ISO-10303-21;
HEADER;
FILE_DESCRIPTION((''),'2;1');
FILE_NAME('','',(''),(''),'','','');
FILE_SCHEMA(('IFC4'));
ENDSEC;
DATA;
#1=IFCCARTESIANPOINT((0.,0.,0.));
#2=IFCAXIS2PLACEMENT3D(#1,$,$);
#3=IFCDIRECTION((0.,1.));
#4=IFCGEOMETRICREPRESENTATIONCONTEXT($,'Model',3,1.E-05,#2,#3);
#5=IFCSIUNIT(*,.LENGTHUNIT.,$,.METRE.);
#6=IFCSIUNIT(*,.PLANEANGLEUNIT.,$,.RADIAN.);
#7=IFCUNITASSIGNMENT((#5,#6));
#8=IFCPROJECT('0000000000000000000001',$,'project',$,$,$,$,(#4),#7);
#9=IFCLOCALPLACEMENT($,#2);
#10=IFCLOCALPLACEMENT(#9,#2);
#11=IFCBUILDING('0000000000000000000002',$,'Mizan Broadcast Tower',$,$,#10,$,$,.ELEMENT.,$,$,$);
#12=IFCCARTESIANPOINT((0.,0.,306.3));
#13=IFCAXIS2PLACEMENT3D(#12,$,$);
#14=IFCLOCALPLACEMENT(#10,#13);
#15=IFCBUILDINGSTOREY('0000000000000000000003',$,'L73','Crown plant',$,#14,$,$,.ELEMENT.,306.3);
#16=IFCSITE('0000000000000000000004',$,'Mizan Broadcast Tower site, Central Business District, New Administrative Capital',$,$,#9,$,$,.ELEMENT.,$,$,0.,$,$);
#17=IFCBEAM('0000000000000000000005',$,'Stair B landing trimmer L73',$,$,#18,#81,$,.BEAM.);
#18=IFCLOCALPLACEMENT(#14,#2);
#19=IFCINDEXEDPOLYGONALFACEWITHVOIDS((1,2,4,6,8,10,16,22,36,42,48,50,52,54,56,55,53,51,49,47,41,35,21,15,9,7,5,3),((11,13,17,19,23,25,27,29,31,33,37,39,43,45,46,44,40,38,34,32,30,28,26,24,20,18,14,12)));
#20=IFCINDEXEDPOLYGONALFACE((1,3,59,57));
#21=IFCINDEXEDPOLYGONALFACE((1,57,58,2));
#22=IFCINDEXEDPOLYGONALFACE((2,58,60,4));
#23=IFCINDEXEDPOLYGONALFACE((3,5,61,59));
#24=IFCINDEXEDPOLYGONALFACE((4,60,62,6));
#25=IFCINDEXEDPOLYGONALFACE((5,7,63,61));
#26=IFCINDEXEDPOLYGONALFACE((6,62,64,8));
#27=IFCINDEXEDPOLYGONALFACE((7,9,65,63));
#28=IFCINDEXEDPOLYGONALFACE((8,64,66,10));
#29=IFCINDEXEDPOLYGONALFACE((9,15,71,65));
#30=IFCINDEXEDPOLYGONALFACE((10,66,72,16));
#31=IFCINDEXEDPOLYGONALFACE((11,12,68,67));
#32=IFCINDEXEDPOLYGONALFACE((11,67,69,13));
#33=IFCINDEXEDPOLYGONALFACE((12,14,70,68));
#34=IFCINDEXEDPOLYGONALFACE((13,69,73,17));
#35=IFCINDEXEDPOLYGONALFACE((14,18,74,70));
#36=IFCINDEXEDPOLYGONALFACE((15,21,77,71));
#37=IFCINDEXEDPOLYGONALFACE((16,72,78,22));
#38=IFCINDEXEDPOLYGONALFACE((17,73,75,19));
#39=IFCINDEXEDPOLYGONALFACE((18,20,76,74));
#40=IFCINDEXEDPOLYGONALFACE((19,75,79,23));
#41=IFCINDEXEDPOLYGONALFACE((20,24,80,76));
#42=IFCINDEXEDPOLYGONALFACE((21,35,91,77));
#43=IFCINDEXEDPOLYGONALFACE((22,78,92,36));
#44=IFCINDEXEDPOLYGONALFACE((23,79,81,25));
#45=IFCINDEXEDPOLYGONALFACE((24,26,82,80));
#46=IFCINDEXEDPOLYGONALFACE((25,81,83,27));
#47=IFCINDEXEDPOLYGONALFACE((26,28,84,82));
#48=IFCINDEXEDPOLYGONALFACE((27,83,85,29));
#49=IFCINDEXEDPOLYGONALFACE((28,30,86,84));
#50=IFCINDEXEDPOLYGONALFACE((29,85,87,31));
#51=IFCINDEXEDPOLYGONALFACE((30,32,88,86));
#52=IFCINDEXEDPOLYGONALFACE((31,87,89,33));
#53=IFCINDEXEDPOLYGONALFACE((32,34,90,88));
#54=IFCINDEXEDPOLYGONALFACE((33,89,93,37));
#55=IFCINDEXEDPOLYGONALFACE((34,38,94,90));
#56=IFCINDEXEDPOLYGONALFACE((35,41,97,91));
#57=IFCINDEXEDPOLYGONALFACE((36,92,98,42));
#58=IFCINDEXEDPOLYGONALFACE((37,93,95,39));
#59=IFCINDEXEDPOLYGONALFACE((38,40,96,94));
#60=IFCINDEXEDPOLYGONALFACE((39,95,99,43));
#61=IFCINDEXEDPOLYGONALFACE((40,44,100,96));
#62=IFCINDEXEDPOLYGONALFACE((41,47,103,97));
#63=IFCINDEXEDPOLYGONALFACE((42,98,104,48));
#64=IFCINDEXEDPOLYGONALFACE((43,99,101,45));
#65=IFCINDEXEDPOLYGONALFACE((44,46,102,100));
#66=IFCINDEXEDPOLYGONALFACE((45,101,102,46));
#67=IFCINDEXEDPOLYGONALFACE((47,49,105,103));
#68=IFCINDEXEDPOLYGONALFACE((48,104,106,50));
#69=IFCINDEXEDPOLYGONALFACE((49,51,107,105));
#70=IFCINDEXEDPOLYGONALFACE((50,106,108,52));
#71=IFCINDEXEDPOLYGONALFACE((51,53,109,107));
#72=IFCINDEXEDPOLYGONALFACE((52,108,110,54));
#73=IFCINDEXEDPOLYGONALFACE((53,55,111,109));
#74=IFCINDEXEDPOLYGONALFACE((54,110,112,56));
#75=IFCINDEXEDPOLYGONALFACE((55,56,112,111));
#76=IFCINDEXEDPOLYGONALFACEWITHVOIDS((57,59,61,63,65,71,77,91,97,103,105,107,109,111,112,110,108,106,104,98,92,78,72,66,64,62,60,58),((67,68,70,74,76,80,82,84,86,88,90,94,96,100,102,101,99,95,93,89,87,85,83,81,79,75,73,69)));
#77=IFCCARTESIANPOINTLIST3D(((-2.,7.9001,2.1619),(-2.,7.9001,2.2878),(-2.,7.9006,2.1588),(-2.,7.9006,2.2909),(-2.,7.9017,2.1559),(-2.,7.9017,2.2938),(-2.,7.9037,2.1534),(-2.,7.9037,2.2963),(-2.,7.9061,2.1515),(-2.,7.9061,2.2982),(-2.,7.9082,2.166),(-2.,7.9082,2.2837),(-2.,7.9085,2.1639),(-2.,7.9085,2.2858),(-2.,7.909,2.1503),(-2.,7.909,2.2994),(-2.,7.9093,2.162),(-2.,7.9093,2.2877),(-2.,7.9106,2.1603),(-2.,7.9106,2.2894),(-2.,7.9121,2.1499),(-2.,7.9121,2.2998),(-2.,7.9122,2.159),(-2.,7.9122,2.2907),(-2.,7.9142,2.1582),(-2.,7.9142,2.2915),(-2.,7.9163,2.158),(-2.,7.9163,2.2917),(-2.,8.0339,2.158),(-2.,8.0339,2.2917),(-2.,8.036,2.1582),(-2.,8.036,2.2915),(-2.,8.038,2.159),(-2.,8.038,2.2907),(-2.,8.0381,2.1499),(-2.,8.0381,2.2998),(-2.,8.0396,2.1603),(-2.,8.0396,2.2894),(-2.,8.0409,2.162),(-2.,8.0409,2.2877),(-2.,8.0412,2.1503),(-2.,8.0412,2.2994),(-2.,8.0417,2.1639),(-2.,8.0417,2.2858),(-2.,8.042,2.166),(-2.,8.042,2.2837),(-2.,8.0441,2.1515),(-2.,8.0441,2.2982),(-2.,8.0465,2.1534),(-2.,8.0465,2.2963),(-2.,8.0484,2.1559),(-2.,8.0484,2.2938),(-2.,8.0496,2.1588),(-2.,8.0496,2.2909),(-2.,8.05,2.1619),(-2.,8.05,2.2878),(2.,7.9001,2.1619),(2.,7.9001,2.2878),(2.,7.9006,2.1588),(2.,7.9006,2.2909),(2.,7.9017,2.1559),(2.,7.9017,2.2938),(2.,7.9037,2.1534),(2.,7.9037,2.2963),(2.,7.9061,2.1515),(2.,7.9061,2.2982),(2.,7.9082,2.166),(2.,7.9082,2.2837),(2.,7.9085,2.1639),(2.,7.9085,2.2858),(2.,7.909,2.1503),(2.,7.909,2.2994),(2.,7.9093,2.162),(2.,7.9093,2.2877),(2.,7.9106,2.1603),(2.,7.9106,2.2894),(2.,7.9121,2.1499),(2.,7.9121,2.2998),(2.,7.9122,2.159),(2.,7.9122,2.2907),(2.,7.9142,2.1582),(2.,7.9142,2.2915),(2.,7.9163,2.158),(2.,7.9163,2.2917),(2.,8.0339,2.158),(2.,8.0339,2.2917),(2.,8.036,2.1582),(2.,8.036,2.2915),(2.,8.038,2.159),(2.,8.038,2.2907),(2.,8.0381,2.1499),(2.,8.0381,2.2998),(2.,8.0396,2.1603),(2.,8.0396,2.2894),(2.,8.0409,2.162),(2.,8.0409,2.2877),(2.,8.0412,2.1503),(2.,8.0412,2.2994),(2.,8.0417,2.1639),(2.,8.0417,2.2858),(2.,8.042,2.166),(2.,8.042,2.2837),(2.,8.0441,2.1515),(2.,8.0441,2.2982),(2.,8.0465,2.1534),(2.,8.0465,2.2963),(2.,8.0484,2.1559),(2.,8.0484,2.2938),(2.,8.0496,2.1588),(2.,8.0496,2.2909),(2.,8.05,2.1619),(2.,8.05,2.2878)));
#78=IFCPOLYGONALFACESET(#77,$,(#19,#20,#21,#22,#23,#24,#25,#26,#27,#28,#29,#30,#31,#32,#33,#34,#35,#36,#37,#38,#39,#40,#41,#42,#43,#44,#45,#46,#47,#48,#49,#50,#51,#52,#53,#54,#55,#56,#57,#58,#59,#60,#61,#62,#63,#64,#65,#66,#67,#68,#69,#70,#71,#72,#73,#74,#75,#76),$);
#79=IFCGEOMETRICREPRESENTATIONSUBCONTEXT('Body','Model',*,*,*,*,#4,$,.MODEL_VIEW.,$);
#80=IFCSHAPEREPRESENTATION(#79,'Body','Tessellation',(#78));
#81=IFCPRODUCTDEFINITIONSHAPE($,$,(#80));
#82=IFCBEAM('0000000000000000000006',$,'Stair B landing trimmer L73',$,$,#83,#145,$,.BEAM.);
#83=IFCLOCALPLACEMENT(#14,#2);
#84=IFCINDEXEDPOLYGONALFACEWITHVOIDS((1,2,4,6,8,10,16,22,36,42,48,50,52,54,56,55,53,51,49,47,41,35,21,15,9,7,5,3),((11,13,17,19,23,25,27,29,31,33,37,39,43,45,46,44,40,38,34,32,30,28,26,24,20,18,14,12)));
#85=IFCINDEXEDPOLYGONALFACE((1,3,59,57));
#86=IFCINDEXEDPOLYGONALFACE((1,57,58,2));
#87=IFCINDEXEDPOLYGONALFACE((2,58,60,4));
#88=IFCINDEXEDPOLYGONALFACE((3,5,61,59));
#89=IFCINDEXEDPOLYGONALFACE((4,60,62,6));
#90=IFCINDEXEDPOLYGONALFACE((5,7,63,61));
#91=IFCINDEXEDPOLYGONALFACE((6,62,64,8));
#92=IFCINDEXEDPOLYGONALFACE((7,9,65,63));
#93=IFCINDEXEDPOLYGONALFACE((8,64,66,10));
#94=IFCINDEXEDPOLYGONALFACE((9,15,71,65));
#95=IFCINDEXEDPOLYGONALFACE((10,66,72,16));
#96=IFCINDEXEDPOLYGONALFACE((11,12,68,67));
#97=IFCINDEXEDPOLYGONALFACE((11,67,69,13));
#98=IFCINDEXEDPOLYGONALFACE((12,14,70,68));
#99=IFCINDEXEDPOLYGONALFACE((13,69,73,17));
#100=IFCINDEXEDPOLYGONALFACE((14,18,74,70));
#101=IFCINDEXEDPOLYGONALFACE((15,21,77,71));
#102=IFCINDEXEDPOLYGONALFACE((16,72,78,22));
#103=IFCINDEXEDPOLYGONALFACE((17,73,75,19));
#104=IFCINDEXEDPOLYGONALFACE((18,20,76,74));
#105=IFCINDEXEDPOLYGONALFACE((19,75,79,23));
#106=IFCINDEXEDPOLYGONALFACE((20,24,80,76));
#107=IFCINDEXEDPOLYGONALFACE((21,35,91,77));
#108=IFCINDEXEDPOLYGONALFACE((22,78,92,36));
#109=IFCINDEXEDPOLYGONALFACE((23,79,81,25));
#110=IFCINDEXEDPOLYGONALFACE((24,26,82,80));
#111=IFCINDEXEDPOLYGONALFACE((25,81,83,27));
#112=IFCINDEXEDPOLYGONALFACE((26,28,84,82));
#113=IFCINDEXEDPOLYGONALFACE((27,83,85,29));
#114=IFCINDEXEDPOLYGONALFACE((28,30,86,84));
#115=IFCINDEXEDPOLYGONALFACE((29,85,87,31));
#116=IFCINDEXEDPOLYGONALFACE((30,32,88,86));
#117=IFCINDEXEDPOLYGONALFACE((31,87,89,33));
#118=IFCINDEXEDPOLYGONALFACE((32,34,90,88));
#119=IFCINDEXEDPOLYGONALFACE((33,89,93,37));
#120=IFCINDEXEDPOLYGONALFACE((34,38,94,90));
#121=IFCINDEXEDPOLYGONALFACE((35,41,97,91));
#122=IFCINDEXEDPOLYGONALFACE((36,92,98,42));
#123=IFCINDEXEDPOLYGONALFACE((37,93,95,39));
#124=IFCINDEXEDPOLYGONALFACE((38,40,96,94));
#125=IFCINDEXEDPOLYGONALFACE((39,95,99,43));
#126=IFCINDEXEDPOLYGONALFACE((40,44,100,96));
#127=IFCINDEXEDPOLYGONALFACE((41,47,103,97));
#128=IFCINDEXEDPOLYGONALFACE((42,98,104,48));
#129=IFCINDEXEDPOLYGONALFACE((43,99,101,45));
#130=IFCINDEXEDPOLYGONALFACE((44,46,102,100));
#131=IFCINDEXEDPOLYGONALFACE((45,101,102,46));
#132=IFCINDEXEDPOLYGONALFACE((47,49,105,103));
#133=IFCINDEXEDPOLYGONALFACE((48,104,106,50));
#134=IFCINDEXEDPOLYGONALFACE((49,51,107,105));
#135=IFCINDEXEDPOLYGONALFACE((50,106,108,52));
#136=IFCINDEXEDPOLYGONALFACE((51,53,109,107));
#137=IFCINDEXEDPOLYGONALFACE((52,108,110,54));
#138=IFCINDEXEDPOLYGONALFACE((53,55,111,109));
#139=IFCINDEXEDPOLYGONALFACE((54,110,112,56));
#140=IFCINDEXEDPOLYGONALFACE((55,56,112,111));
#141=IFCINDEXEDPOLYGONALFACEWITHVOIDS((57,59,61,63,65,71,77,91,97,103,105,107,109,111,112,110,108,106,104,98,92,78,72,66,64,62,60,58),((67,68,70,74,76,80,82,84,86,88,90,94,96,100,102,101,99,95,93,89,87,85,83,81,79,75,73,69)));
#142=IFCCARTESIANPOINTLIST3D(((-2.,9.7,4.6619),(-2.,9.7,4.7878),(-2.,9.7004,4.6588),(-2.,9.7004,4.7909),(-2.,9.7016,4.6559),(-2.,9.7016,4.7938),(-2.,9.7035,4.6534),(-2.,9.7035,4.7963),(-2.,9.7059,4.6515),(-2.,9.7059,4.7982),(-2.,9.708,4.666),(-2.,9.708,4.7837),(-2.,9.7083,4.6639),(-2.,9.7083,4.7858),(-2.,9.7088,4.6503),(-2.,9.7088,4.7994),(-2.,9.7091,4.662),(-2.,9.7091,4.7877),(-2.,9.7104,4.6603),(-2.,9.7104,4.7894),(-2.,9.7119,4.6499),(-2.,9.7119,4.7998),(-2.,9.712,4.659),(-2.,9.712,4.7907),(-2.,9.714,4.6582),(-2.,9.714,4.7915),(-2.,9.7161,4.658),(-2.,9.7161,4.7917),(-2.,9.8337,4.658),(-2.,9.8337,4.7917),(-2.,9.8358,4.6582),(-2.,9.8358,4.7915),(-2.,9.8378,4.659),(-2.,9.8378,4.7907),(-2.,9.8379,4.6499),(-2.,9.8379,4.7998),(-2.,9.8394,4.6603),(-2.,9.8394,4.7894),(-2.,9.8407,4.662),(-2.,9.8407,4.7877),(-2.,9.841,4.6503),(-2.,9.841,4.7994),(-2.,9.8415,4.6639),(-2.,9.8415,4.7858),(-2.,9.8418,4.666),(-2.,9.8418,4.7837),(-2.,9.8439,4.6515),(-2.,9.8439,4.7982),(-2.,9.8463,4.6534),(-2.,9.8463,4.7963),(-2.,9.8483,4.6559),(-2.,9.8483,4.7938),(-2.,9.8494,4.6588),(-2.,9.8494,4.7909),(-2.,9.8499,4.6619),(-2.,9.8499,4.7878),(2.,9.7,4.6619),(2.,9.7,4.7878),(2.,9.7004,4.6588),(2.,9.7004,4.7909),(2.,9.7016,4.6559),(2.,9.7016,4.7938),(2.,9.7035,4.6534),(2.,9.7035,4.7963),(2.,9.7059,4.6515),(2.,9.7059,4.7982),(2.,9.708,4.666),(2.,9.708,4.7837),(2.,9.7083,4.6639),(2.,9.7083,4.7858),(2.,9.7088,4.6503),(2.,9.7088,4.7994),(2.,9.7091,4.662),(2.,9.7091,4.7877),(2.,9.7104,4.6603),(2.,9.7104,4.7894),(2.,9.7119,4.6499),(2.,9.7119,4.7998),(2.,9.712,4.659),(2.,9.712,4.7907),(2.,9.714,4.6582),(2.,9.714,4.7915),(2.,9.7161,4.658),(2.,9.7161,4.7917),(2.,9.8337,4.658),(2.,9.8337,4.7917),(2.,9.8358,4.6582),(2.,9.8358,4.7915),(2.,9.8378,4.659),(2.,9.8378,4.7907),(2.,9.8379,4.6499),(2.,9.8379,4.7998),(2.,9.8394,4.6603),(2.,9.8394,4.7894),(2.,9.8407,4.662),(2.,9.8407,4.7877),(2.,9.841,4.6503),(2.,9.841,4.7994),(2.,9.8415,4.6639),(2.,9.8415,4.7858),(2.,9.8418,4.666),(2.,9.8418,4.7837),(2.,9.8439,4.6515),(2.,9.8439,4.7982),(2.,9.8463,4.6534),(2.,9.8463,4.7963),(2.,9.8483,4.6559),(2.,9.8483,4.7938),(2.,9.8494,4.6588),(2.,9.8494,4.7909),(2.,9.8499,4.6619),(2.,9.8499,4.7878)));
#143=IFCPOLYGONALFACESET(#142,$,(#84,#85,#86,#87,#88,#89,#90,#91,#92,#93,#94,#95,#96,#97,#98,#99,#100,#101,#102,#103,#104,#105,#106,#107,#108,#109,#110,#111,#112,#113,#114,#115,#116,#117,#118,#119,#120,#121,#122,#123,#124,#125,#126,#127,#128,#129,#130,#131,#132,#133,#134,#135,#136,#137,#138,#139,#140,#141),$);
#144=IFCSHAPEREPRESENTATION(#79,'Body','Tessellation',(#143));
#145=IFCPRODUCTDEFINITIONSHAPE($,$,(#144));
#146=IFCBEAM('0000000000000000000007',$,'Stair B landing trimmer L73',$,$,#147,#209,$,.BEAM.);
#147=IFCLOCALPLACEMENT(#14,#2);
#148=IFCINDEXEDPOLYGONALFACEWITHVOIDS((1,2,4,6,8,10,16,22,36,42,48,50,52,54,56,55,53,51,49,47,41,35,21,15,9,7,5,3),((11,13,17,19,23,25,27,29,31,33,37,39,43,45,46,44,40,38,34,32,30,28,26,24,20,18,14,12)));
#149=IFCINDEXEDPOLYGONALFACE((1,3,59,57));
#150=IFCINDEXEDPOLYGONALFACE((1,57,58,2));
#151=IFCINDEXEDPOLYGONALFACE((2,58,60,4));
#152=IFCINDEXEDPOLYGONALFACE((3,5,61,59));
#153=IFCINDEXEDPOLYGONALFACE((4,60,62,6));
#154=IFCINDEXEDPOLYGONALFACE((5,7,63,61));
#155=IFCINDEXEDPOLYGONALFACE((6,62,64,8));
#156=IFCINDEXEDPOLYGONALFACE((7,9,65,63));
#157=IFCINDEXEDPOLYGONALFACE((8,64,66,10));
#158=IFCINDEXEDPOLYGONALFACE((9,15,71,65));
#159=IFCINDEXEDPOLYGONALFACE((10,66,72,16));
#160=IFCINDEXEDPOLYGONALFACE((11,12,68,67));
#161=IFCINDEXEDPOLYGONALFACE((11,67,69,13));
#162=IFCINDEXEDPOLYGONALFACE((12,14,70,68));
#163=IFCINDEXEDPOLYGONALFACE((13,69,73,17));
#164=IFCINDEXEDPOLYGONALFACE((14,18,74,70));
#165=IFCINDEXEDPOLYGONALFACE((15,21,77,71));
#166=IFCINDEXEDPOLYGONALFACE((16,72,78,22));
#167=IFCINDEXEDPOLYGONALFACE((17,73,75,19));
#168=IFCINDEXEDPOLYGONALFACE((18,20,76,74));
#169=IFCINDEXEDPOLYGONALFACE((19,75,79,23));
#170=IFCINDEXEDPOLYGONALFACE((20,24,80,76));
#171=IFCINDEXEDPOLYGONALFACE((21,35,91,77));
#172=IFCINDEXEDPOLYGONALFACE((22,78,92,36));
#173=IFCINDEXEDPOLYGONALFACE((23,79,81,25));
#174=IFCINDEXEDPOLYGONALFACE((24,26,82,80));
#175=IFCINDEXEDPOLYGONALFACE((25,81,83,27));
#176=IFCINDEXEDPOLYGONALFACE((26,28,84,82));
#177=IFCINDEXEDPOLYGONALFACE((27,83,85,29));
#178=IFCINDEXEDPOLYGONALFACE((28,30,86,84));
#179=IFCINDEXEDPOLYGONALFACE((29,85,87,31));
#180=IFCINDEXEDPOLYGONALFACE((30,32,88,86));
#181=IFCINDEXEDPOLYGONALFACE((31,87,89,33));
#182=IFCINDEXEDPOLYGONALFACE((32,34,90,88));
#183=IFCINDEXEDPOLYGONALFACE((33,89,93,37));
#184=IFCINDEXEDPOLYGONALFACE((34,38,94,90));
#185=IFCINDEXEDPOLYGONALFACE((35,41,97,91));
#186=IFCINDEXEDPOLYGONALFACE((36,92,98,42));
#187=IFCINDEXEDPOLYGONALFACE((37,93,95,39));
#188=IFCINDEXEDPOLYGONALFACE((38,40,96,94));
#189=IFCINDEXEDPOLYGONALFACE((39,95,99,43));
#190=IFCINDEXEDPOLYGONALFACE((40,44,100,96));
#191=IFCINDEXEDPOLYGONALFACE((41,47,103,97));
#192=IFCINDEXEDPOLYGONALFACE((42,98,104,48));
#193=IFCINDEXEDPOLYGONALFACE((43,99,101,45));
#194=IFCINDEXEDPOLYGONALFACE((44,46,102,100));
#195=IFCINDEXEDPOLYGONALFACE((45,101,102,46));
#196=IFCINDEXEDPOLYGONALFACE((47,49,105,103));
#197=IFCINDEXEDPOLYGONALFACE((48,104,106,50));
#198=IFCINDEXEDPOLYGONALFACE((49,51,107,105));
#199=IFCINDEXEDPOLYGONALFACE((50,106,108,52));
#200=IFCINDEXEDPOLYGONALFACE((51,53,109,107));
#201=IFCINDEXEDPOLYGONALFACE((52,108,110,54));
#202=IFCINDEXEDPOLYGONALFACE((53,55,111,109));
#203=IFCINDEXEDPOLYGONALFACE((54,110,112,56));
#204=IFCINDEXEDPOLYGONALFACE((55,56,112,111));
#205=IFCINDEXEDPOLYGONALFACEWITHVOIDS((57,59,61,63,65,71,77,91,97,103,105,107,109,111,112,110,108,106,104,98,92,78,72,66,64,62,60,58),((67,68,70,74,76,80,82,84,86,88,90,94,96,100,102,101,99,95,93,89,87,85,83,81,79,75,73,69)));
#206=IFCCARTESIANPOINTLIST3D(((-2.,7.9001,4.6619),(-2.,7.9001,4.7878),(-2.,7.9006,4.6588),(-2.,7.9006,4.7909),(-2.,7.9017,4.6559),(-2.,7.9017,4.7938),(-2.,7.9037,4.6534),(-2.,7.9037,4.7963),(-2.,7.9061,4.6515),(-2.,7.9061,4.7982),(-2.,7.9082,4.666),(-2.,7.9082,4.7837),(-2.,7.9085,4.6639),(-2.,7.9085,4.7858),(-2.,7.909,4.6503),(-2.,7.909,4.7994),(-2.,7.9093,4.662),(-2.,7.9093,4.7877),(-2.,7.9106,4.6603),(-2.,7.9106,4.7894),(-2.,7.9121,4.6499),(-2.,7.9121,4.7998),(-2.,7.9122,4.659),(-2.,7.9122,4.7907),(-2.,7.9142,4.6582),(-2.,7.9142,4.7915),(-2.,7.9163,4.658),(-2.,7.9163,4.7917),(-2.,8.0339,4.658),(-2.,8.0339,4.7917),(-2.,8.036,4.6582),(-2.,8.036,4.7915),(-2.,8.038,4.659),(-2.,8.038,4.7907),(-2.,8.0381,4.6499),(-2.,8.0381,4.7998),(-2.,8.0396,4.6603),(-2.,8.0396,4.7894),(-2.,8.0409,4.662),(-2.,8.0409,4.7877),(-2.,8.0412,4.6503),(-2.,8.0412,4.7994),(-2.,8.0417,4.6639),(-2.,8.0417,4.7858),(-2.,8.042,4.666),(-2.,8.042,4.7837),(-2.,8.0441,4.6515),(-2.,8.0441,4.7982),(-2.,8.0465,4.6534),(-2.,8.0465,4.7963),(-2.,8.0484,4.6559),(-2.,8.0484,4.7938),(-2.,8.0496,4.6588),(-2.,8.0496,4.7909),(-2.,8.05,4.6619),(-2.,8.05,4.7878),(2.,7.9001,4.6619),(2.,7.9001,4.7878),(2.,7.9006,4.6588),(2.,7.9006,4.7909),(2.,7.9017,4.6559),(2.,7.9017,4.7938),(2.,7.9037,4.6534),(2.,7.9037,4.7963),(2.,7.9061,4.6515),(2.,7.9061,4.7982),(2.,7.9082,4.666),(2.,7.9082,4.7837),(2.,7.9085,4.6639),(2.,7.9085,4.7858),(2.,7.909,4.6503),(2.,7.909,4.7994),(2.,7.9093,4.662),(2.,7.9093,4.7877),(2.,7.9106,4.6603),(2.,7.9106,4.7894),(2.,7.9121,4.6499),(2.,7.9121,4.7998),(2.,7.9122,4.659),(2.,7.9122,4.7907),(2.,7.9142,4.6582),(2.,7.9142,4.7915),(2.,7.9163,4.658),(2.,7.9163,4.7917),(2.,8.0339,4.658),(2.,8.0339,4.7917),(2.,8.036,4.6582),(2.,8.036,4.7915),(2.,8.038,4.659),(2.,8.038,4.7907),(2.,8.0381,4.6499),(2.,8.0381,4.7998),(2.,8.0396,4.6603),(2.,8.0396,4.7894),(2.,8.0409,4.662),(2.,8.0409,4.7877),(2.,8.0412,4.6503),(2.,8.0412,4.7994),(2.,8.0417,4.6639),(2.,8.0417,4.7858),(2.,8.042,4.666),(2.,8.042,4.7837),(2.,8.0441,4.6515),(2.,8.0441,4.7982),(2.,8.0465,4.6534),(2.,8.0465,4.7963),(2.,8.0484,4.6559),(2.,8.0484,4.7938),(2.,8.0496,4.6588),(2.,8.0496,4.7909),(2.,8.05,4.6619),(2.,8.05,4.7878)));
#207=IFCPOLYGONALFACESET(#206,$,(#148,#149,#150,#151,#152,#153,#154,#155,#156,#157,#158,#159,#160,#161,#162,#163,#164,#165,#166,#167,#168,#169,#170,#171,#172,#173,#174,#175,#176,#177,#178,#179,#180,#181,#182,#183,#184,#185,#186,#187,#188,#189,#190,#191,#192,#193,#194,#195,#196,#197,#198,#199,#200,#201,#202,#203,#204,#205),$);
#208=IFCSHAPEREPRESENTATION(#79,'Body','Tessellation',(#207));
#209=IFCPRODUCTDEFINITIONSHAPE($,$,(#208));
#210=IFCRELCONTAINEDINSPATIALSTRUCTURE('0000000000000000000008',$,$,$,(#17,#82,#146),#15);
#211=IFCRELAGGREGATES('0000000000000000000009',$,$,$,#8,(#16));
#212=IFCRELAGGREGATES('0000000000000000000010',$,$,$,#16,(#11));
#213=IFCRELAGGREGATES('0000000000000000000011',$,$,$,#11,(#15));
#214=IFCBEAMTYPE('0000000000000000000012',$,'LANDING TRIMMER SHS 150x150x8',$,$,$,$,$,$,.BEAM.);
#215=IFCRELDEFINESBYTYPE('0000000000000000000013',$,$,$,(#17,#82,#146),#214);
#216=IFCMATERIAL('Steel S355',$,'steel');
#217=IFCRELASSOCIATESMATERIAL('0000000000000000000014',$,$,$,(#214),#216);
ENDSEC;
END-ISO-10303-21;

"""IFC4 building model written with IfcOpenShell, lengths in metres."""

from ifc_helpers import new_model, si_unit, direction, frame, origin, origin_2d, place, context, subcontext, project, spatial, hollow_rectangle, extrude, material, material_profile, profile_set, type_object, element, save


model = new_model("IFC4")

# Units and contexts
model_context = context("Model", 3, precision=1e-05, world=origin(), true_north=direction((0.0, 1.0)))
body_context = subcontext(model_context, "Body", "Model", "MODEL_VIEW")
ifc_project = project(units=[si_unit("LENGTHUNIT", "METRE"), si_unit("PLANEANGLEUNIT", "RADIAN")], contexts=[model_context])

# Site, building, storey
site_placement = place(None, origin())
site = spatial("IfcSite", under=ifc_project, at=site_placement, Name="Mizan Broadcast Tower site, Central Business District, New Administrative Capital", CompositionType="ELEMENT", RefElevation=0.0)
building_placement = place(site_placement, origin())
building = spatial("IfcBuilding", under=site, at=building_placement, Name="Mizan Broadcast Tower", CompositionType="ELEMENT")
storey_placement = place(building_placement, frame((0.0, 0.0, 306.3)))
storey = spatial("IfcBuildingStorey", under=building, at=storey_placement, Name="L73", Description="Crown plant", CompositionType="ELEMENT", Elevation=306.3)

# Beams
ifc_material_1 = material(Name="Steel S355", Category="steel")
ifc_material_profile_1 = material_profile(ifc_material_1, hollow_rectangle(XDim=0.1499, YDim=0.1499, WallThickness=0.0081, InnerFilletRadius=0.0081, OuterFilletRadius=0.012, at=origin_2d()), Name="SHS 150x150x8")
ifc_profile_set_1 = profile_set([ifc_material_profile_1], Name="Steel S355")
beam_type = type_object("IfcBeamType", Name="LANDING TRIMMER SHS 150x150x8", PredefinedType="BEAM", material=ifc_profile_set_1)
for number, where, z_axis, x_axis, name in (
    (1, (2.0, 7.9751, 2.2249), (-1.0, 0.0, 0.0), (0.0, -1.0, 0.0), "Stair B landing trimmer L73"),
    (2, (2.0, 9.7749, 4.7249), (-1.0, 0.0, 0.0), (0.0, -1.0, 0.0), "Stair B landing trimmer L73"),
    (3, (2.0, 7.9751, 4.7249), (-1.0, 0.0, 0.0), (0.0, -1.0, 0.0), "Stair B landing trimmer L73"),
):
    element("IfcBeam", number, at=place(storey_placement, frame(where, z_axis=z_axis, x_axis=x_axis)), inside=storey, type_object=beam_type, Name=name, PredefinedType="BEAM", context=body_context, shape_type="SweptSolid", body=[
        extrude(hollow_rectangle(XDim=0.1499, YDim=0.1499, WallThickness=0.0081, InnerFilletRadius=0.0081, OuterFilletRadius=0.012, at=origin_2d()), origin(), (0.0, 0.0, 1.0), 4.0),
    ])

save(model, "model.ifc")
